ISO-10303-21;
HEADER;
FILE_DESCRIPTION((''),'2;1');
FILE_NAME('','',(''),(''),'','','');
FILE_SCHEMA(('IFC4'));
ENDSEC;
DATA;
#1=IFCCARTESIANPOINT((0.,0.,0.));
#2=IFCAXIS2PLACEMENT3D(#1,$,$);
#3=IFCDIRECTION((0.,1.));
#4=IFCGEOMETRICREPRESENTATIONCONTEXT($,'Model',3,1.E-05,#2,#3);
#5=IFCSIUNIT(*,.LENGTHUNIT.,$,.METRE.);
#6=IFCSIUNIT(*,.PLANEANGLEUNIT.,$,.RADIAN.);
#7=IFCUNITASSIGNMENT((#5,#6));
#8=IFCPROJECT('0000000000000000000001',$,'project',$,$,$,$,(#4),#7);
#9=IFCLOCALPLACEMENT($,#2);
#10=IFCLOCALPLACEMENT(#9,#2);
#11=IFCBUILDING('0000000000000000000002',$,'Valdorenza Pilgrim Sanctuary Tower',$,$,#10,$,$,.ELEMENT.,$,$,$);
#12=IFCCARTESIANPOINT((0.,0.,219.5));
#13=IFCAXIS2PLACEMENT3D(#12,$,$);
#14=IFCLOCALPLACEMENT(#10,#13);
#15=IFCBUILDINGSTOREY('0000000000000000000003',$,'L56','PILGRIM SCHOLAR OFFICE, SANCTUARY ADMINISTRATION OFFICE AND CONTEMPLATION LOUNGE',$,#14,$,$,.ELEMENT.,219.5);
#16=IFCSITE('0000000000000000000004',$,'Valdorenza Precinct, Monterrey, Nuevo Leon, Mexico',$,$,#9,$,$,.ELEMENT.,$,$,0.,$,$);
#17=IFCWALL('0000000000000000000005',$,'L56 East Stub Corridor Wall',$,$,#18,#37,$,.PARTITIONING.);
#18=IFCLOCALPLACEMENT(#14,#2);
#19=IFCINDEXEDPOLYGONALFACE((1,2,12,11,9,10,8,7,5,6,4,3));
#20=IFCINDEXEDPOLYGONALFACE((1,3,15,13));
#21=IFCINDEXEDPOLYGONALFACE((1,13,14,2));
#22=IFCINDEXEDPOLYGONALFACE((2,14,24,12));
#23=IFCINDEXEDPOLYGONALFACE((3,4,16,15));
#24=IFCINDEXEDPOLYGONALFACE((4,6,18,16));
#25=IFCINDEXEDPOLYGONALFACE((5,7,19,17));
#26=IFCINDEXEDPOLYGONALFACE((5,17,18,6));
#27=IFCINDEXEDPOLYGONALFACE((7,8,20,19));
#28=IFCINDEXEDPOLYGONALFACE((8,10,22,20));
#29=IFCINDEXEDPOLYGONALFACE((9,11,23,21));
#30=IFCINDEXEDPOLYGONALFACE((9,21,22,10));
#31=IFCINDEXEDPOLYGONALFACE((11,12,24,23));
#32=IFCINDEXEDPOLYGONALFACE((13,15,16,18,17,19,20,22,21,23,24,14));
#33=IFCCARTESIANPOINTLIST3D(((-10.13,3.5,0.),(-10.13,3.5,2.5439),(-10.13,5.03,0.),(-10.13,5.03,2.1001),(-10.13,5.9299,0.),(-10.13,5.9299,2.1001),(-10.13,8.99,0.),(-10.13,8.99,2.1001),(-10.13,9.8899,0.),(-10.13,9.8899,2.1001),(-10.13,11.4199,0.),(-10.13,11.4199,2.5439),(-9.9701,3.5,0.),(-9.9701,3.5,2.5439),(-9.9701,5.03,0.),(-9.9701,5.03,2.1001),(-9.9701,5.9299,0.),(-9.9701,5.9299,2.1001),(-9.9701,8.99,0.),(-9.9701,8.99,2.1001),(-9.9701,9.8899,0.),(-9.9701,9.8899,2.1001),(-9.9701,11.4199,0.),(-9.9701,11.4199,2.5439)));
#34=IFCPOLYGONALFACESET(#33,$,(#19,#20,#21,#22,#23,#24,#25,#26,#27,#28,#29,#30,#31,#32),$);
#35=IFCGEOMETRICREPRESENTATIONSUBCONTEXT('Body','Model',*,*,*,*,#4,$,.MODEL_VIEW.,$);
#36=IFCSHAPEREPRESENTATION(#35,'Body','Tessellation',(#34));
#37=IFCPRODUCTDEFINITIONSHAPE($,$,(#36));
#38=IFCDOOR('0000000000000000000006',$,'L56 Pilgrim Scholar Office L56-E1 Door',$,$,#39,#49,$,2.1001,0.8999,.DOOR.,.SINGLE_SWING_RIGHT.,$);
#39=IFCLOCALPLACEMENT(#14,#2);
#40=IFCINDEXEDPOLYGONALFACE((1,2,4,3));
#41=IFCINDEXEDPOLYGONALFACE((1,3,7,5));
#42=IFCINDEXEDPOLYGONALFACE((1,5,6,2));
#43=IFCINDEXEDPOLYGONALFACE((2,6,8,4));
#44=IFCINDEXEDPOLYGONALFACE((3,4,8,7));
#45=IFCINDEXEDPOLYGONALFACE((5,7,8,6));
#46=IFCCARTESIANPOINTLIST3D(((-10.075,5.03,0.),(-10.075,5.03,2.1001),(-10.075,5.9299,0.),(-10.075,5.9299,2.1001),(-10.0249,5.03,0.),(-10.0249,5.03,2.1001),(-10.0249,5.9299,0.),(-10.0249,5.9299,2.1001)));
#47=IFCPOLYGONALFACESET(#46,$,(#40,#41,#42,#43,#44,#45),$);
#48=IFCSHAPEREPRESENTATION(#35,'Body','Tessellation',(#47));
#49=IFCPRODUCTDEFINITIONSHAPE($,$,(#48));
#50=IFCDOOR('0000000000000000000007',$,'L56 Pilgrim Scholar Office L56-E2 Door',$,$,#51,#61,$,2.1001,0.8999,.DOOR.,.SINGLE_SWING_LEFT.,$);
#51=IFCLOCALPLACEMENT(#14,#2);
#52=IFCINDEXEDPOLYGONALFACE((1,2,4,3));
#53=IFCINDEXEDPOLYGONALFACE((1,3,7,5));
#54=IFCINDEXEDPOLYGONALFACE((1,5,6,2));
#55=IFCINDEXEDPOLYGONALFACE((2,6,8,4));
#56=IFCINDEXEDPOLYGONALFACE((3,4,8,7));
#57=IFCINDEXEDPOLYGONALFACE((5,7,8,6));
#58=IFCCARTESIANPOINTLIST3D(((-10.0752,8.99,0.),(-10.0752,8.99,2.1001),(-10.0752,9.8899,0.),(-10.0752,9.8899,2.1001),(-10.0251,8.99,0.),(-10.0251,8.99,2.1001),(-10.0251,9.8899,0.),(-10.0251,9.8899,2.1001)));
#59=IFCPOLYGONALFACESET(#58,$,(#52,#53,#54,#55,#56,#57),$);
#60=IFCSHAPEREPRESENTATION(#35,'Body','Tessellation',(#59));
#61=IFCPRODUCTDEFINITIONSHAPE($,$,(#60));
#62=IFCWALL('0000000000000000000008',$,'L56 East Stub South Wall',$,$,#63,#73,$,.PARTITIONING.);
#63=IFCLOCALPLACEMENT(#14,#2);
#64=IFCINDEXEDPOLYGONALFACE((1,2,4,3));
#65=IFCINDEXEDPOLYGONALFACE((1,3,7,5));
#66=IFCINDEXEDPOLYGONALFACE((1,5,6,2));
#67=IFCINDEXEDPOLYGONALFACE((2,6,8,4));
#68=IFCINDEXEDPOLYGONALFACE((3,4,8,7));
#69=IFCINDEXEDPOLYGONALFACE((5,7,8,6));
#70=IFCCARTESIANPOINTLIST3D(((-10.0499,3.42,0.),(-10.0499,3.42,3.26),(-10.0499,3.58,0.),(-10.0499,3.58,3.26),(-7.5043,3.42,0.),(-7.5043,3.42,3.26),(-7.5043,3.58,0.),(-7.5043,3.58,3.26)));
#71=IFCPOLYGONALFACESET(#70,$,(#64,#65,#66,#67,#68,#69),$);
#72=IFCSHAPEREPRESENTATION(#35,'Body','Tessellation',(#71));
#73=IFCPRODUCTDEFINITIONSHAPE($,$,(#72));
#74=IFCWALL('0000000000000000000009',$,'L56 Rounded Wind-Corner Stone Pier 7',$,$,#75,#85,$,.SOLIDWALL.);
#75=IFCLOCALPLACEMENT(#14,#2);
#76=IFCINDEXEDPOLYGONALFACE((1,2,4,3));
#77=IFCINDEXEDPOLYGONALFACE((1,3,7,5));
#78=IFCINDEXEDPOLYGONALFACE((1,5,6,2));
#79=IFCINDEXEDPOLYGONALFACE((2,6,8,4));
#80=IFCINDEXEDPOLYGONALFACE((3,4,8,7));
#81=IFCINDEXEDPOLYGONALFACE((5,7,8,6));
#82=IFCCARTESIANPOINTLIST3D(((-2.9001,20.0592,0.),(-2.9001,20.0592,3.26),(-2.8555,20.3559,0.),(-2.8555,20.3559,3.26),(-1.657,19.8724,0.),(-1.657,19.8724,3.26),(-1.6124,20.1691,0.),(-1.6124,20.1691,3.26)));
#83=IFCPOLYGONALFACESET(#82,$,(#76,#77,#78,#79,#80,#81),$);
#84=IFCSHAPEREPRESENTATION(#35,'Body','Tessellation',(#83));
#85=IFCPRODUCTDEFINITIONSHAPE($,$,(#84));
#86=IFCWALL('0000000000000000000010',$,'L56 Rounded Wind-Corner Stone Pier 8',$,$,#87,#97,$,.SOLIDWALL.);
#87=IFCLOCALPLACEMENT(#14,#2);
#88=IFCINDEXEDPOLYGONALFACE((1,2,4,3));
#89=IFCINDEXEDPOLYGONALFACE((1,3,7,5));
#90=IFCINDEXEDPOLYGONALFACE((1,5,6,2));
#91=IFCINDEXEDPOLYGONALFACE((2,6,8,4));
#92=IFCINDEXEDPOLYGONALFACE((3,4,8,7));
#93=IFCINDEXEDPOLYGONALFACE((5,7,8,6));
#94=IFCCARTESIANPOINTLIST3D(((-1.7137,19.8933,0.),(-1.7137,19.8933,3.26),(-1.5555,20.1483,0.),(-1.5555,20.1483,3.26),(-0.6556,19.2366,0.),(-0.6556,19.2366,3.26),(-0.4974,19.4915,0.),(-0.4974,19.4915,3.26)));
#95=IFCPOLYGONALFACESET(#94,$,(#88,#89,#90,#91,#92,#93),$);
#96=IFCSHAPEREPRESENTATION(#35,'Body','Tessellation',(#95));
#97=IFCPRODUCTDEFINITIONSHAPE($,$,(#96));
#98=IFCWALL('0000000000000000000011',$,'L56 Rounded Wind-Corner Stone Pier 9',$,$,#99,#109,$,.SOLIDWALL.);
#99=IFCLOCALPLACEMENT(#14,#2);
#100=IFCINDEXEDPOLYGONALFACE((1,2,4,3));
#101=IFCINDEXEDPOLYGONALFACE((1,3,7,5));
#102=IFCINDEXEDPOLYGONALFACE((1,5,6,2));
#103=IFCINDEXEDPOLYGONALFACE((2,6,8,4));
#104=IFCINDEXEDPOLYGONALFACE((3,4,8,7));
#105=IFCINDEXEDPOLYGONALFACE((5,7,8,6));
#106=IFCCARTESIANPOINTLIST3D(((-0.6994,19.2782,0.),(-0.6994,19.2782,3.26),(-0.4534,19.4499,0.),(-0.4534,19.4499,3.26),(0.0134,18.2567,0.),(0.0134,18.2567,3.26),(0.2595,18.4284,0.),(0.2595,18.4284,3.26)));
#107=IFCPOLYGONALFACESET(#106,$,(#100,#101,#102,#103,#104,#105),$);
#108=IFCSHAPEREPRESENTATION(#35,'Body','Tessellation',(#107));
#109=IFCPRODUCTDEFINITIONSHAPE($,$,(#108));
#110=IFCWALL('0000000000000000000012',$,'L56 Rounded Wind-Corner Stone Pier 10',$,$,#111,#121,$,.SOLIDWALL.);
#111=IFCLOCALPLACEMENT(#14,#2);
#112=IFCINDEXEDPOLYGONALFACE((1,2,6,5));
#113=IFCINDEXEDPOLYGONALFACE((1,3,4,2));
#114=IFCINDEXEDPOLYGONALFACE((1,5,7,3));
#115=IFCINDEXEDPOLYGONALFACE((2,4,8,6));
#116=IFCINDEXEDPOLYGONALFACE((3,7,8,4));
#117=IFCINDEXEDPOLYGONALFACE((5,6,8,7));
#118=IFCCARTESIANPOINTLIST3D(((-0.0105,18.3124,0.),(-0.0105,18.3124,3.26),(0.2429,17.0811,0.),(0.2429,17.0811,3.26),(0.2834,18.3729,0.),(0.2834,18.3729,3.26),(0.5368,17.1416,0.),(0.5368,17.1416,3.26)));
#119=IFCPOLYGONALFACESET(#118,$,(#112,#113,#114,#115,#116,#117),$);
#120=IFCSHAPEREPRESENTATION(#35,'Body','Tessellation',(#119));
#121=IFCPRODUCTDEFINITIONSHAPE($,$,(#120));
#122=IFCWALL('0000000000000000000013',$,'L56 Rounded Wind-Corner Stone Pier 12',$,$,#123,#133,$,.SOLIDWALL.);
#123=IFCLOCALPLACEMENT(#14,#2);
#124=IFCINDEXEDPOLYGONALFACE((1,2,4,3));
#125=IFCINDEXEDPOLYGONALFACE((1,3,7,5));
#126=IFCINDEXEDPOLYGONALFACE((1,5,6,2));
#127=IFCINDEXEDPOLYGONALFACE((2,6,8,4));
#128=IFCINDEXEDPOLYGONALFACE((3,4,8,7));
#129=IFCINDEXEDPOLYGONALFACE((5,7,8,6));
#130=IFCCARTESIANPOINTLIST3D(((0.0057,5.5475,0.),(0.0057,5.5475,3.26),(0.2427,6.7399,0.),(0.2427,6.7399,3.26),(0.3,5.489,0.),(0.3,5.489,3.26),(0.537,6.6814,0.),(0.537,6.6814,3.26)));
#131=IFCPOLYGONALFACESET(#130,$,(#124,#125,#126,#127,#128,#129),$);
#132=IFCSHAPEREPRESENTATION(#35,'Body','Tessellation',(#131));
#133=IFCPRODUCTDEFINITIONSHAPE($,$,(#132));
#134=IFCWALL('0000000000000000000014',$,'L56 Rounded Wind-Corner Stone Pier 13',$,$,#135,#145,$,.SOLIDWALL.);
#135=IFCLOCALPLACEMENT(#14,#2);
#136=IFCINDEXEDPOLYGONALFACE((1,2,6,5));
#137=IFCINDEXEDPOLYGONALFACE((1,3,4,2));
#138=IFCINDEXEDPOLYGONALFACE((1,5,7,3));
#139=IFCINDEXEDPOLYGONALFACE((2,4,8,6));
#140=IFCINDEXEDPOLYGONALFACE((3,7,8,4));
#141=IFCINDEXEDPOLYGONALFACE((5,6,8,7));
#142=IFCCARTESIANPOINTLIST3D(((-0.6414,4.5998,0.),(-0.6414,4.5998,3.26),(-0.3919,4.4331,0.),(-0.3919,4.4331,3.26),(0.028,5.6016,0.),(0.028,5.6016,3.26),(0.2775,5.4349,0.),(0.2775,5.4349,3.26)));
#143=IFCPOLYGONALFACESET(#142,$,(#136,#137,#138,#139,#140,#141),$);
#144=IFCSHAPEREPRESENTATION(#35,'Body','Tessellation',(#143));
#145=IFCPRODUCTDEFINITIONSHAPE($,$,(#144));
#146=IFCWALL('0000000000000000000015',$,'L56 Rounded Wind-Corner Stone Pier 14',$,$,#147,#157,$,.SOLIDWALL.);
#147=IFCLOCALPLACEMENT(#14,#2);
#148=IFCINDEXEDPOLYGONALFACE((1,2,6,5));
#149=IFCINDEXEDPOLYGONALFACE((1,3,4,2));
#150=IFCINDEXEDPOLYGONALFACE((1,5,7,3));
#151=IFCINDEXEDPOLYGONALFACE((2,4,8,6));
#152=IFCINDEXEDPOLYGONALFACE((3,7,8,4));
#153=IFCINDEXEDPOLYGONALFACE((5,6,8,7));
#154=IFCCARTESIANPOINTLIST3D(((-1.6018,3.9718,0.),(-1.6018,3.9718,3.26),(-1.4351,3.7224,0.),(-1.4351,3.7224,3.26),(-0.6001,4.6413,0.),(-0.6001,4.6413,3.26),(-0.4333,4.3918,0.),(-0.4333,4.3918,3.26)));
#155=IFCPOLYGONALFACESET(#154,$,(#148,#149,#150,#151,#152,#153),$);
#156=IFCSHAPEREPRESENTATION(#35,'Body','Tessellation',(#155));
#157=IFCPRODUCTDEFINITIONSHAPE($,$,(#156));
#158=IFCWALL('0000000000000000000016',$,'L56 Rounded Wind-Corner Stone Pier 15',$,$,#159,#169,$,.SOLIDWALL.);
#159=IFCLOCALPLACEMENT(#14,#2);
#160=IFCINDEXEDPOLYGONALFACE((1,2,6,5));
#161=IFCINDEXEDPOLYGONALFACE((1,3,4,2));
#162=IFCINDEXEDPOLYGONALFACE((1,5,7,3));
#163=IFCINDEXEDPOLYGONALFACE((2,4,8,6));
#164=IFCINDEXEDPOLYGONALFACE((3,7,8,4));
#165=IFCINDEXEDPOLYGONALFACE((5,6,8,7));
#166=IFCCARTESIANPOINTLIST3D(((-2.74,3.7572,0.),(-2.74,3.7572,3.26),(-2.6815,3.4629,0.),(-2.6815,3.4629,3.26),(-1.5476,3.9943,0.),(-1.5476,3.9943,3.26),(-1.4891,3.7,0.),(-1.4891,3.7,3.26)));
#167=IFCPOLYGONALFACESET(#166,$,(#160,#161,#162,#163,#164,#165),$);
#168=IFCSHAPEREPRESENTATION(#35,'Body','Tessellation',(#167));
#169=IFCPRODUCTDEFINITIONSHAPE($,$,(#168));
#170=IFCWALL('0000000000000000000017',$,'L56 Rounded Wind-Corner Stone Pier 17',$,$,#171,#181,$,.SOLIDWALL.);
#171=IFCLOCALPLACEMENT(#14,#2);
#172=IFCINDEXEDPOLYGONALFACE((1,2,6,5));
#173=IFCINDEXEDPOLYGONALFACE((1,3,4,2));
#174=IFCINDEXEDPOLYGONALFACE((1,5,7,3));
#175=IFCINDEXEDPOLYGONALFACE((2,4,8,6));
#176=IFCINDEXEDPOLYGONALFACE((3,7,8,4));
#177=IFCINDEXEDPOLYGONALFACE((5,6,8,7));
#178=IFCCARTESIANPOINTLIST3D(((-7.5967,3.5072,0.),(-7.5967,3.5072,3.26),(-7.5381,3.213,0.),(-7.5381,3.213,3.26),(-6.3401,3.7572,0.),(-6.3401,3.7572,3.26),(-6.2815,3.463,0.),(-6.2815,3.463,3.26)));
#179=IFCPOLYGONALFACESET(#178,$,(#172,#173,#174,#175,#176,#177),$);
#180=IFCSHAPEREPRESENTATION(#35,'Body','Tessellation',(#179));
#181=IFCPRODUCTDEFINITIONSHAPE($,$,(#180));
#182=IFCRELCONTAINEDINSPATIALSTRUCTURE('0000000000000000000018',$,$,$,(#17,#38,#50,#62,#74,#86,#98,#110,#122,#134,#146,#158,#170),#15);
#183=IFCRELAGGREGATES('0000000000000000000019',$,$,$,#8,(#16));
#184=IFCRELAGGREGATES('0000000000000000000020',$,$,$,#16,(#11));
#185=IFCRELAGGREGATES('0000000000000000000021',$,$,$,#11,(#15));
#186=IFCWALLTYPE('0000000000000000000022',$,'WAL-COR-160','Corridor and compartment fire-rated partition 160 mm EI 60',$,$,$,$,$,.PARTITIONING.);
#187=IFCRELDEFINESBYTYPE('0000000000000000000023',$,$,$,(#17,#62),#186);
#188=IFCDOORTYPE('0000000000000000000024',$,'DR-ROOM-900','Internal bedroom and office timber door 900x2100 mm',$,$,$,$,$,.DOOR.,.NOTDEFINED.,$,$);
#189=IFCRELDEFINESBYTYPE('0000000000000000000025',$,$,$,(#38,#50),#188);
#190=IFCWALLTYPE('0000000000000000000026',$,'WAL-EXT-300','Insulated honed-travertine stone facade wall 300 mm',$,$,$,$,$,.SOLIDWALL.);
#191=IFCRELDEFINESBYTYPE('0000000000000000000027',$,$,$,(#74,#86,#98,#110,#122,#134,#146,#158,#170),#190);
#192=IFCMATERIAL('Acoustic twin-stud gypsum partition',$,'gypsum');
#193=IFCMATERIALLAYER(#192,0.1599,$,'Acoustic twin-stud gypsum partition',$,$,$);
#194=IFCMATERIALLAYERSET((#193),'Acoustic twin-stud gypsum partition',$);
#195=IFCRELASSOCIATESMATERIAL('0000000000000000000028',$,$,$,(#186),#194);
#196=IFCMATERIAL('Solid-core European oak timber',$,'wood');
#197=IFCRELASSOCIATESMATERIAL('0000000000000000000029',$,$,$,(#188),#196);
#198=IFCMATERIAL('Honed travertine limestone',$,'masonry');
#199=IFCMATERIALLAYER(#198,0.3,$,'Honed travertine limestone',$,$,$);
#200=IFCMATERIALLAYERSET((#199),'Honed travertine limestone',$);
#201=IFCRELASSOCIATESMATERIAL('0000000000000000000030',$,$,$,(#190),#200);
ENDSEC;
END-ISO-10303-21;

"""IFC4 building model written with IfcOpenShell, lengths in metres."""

from ifc_helpers import new_model, si_unit, direction, frame, frame_2d, origin, place, context, subcontext, project, spatial, rectangle, extrude, material, layer, layer_set, type_object, element, fill, save


model = new_model("IFC4")

# Units and contexts
model_context = context("Model", 3, precision=1e-05, world=origin(), true_north=direction((0.0, 1.0)))
body_context = subcontext(model_context, "Body", "Model", "MODEL_VIEW")
ifc_project = project(units=[si_unit("LENGTHUNIT", "METRE"), si_unit("PLANEANGLEUNIT", "RADIAN")], contexts=[model_context])

# Site, building, storey
site_placement = place(None, origin())
site = spatial("IfcSite", under=ifc_project, at=site_placement, Name="Valdorenza Precinct, Monterrey, Nuevo Leon, Mexico", CompositionType="ELEMENT", RefElevation=0.0)
building_placement = place(site_placement, origin())
building = spatial("IfcBuilding", under=site, at=building_placement, Name="Valdorenza Pilgrim Sanctuary Tower", CompositionType="ELEMENT")
storey_placement = place(building_placement, frame((0.0, 0.0, 219.5)))
storey = spatial("IfcBuildingStorey", under=building, at=storey_placement, Name="L56", Description="PILGRIM SCHOLAR OFFICE, SANCTUARY ADMINISTRATION OFFICE AND CONTEMPLATION LOUNGE", CompositionType="ELEMENT", Elevation=219.5)

# Shared definitions
ifc_material_1 = material(Name="Honed travertine limestone", Category="masonry")

# Wall, openings, doors
ifc_material_2 = material(Name="Acoustic twin-stud gypsum partition", Category="gypsum")
ifc_layer_1 = layer(ifc_material_2, 0.1599, Name="Acoustic twin-stud gypsum partition")
ifc_layer_set_1 = layer_set([ifc_layer_1], Name="Acoustic twin-stud gypsum partition")
wall_type_1 = type_object("IfcWallType", Name="WAL-COR-160", Description="Corridor and compartment fire-rated partition 160 mm EI 60", PredefinedType="PARTITIONING", material=ifc_layer_set_1)
wall_1_placement = place(storey_placement, frame((-10.05, 3.5, 0.0), z_axis=(0.0, 0.0, 1.0), x_axis=(0.0, 1.0, 0.0)))
wall_1 = element("IfcWall", 1, at=wall_1_placement, inside=storey, type_object=wall_type_1, Name="L56 East Stub Corridor Wall", PredefinedType="PARTITIONING", context=body_context, shape_type="SweptSolid", body=[
    extrude(rectangle(XDim=7.9199, YDim=0.1599, at=frame_2d((3.96, 0.0))), origin(), (0.0, 0.0, 1.0), 2.5439),
])
opening_1_placement = place(wall_1_placement, frame((1.53, 0.0, 0.0)))
opening_1 = element("IfcOpeningElement", 2, at=opening_1_placement, cuts=wall_1, PredefinedType="OPENING", context=body_context, shape_type="SweptSolid", body=[
    extrude(rectangle(XDim=0.8999, YDim=2.1001, at=frame_2d((0.45, 1.05))), frame((0.0, 0.0947, 0.0), z_axis=(0.0, -1.0, 0.0), x_axis=(1.0, 0.0, 0.0)), (0.0, 0.0, 1.0), 0.1897),
])
opening_2_placement = place(wall_1_placement, frame((5.49, 0.0, 0.0)))
opening_2 = element("IfcOpeningElement", 3, at=opening_2_placement, cuts=wall_1, PredefinedType="OPENING", context=body_context, shape_type="SweptSolid", body=[
    extrude(rectangle(XDim=0.8999, YDim=2.1001, at=frame_2d((0.45, 1.05))), frame((0.0, 0.0947, 0.0), z_axis=(0.0, -1.0, 0.0), x_axis=(1.0, 0.0, 0.0)), (0.0, 0.0, 1.0), 0.1897),
])
ifc_material_3 = material(Name="Solid-core European oak timber", Category="wood")
door_type = type_object("IfcDoorType", Name="DR-ROOM-900", Description="Internal bedroom and office timber door 900x2100 mm", OperationType="NOTDEFINED", PredefinedType="DOOR", material=ifc_material_3)
door_1_placement = place(opening_1_placement, origin())
door_1 = element("IfcDoor", 4, at=door_1_placement, inside=storey, type_object=door_type, Name="L56 Pilgrim Scholar Office L56-E1 Door", OperationType="SINGLE_SWING_RIGHT", OverallHeight=2.1001, OverallWidth=0.8999, PredefinedType="DOOR", context=body_context, shape_type="SweptSolid", body=[
    extrude(rectangle(XDim=0.8999, YDim=2.1001, at=frame_2d((0.45, 1.05))), frame((0.0, 0.0249, 0.0), z_axis=(0.0, -1.0, 0.0), x_axis=(1.0, 0.0, 0.0)), (0.0, 0.0, 1.0), 0.05),
])
fill(opening_1, door_1)
door_2_placement = place(opening_2_placement, frame((0.8999, 0.0, 0.0), z_axis=(0.0, 0.0, 1.0), x_axis=(-1.0, 0.0, 0.0)))
door_2 = element("IfcDoor", 5, at=door_2_placement, inside=storey, type_object=door_type, Name="L56 Pilgrim Scholar Office L56-E2 Door", OperationType="SINGLE_SWING_LEFT", OverallHeight=2.1001, OverallWidth=0.8999, PredefinedType="DOOR", context=body_context, shape_type="SweptSolid", body=[
    extrude(rectangle(XDim=0.8999, YDim=2.1001, at=frame_2d((0.45, 1.05))), frame((0.0, 0.0249, 0.0), z_axis=(0.0, -1.0, 0.0), x_axis=(1.0, 0.0, 0.0)), (0.0, 0.0, 1.0), 0.05),
])
fill(opening_2, door_2)

# Walls
wall_2_placement = place(storey_placement, frame((-10.05, 3.5, 0.0), z_axis=(0.0, 0.0, 1.0), x_axis=(1.0, 0.0, 0.0)))
element("IfcWall", 6, at=wall_2_placement, inside=storey, type_object=wall_type_1, Name="L56 East Stub South Wall", PredefinedType="PARTITIONING", context=body_context, shape_type="SweptSolid", body=[
    extrude(rectangle(XDim=2.5457, YDim=0.1599, at=frame_2d((1.2729, 0.0))), origin(), (0.0, 0.0, 1.0), 3.26),
])
ifc_layer_2 = layer(ifc_material_1, 0.3, Name="Honed travertine limestone")
ifc_layer_set_2 = layer_set([ifc_layer_2], Name="Honed travertine limestone")
wall_type_2 = type_object("IfcWallType", Name="WAL-EXT-300", Description="Insulated honed-travertine stone facade wall 300 mm", PredefinedType="SOLIDWALL", material=ifc_layer_set_2)
wall_3_placement = place(storey_placement, frame((-2.8777, 20.2075, 0.0), z_axis=(0.0, 0.0, 1.0), x_axis=(0.988902, -0.148568, 0.0)))
element("IfcWall", 7, at=wall_3_placement, inside=storey, type_object=wall_type_2, Name="L56 Rounded Wind-Corner Stone Pier 7", PredefinedType="SOLIDWALL", context=body_context, shape_type="SweptSolid", body=[
    extrude(rectangle(XDim=1.2571, YDim=0.3, at=frame_2d((0.6284, 0.0))), origin(), (0.0, 0.0, 1.0), 3.26),
])
wall_4_placement = place(storey_placement, frame((-1.6345, 20.0208, 0.0), z_axis=(0.0, 0.0, 1.0), x_axis=(0.849646, -0.527353, 0.0)))
element("IfcWall", 8, at=wall_4_placement, inside=storey, type_object=wall_type_2, Name="L56 Rounded Wind-Corner Stone Pier 8", PredefinedType="SOLIDWALL", context=body_context, shape_type="SweptSolid", body=[
    extrude(rectangle(XDim=1.2454, YDim=0.3, at=frame_2d((0.6226, 0.0))), origin(), (0.0, 0.0, 1.0), 3.26),
])
wall_5_placement = place(storey_placement, frame((-0.5764, 19.364, 0.0), z_axis=(0.0, 0.0, 1.0), x_axis=(0.572304, -0.820041, 0.0)))
element("IfcWall", 9, at=wall_5_placement, inside=storey, type_object=wall_type_2, Name="L56 Rounded Wind-Corner Stone Pier 9", PredefinedType="SOLIDWALL", context=body_context, shape_type="SweptSolid", body=[
    extrude(rectangle(XDim=1.2456, YDim=0.3, at=frame_2d((0.6228, 0.0))), origin(), (0.0, 0.0, 1.0), 3.26),
])
wall_6_placement = place(storey_placement, frame((0.1365, 18.3425, 0.0), z_axis=(0.0, 0.0, 1.0), x_axis=(0.201604, -0.979467, 0.0)))
element("IfcWall", 10, at=wall_6_placement, inside=storey, type_object=wall_type_2, Name="L56 Rounded Wind-Corner Stone Pier 10", PredefinedType="SOLIDWALL", context=body_context, shape_type="SweptSolid", body=[
    extrude(rectangle(XDim=1.2571, YDim=0.3, at=frame_2d((0.6284, 0.0))), origin(), (0.0, 0.0, 1.0), 3.26),
])
wall_7_placement = place(storey_placement, frame((0.3899, 6.7107, 0.0), z_axis=(0.0, 0.0, 1.0), x_axis=(-0.194996, -0.980804, 0.0)))
element("IfcWall", 11, at=wall_7_placement, inside=storey, type_object=wall_type_2, Name="L56 Rounded Wind-Corner Stone Pier 12", PredefinedType="SOLIDWALL", context=body_context, shape_type="SweptSolid", body=[
    extrude(rectangle(XDim=1.2158, YDim=0.3, at=frame_2d((0.6079, 0.0))), origin(), (0.0, 0.0, 1.0), 3.26),
])
for number, where, z_axis, x_axis, name in (
    (12, (0.1528, 5.5183, 0.0), (0.0, 0.0, 1.0), (-0.555635, -0.831426, 0.0), "L56 Rounded Wind-Corner Stone Pier 13"),
    (13, (-0.5166, 4.5166, 0.0), (0.0, 0.0, 1.0), (-0.831426, -0.555635, 0.0), "L56 Rounded Wind-Corner Stone Pier 14"),
):
    element("IfcWall", number, at=place(storey_placement, frame(where, z_axis=z_axis, x_axis=x_axis)), inside=storey, type_object=wall_type_2, Name=name, PredefinedType="SOLIDWALL", context=body_context, shape_type="SweptSolid", body=[
        extrude(rectangle(XDim=1.2048, YDim=0.3, at=frame_2d((0.6025, 0.0))), origin(), (0.0, 0.0, 1.0), 3.26),
    ])
wall_8_placement = place(storey_placement, frame((-1.5183, 3.8472, 0.0), z_axis=(0.0, 0.0, 1.0), x_axis=(-0.980804, -0.194996, 0.0)))
element("IfcWall", 14, at=wall_8_placement, inside=storey, type_object=wall_type_2, Name="L56 Rounded Wind-Corner Stone Pier 15", PredefinedType="SOLIDWALL", context=body_context, shape_type="SweptSolid", body=[
    extrude(rectangle(XDim=1.2158, YDim=0.3, at=frame_2d((0.6079, 0.0))), origin(), (0.0, 0.0, 1.0), 3.26),
])
wall_9_placement = place(storey_placement, frame((-6.3108, 3.6101, 0.0), z_axis=(0.0, 0.0, 1.0), x_axis=(-0.980778, -0.195127, 0.0)))
element("IfcWall", 15, at=wall_9_placement, inside=storey, type_object=wall_type_2, Name="L56 Rounded Wind-Corner Stone Pier 17", PredefinedType="SOLIDWALL", context=body_context, shape_type="SweptSolid", body=[
    extrude(rectangle(XDim=1.2812, YDim=0.3, at=frame_2d((0.6406, 0.0))), origin(), (0.0, 0.0, 1.0), 3.26),
])

save(model, "model.ifc")
